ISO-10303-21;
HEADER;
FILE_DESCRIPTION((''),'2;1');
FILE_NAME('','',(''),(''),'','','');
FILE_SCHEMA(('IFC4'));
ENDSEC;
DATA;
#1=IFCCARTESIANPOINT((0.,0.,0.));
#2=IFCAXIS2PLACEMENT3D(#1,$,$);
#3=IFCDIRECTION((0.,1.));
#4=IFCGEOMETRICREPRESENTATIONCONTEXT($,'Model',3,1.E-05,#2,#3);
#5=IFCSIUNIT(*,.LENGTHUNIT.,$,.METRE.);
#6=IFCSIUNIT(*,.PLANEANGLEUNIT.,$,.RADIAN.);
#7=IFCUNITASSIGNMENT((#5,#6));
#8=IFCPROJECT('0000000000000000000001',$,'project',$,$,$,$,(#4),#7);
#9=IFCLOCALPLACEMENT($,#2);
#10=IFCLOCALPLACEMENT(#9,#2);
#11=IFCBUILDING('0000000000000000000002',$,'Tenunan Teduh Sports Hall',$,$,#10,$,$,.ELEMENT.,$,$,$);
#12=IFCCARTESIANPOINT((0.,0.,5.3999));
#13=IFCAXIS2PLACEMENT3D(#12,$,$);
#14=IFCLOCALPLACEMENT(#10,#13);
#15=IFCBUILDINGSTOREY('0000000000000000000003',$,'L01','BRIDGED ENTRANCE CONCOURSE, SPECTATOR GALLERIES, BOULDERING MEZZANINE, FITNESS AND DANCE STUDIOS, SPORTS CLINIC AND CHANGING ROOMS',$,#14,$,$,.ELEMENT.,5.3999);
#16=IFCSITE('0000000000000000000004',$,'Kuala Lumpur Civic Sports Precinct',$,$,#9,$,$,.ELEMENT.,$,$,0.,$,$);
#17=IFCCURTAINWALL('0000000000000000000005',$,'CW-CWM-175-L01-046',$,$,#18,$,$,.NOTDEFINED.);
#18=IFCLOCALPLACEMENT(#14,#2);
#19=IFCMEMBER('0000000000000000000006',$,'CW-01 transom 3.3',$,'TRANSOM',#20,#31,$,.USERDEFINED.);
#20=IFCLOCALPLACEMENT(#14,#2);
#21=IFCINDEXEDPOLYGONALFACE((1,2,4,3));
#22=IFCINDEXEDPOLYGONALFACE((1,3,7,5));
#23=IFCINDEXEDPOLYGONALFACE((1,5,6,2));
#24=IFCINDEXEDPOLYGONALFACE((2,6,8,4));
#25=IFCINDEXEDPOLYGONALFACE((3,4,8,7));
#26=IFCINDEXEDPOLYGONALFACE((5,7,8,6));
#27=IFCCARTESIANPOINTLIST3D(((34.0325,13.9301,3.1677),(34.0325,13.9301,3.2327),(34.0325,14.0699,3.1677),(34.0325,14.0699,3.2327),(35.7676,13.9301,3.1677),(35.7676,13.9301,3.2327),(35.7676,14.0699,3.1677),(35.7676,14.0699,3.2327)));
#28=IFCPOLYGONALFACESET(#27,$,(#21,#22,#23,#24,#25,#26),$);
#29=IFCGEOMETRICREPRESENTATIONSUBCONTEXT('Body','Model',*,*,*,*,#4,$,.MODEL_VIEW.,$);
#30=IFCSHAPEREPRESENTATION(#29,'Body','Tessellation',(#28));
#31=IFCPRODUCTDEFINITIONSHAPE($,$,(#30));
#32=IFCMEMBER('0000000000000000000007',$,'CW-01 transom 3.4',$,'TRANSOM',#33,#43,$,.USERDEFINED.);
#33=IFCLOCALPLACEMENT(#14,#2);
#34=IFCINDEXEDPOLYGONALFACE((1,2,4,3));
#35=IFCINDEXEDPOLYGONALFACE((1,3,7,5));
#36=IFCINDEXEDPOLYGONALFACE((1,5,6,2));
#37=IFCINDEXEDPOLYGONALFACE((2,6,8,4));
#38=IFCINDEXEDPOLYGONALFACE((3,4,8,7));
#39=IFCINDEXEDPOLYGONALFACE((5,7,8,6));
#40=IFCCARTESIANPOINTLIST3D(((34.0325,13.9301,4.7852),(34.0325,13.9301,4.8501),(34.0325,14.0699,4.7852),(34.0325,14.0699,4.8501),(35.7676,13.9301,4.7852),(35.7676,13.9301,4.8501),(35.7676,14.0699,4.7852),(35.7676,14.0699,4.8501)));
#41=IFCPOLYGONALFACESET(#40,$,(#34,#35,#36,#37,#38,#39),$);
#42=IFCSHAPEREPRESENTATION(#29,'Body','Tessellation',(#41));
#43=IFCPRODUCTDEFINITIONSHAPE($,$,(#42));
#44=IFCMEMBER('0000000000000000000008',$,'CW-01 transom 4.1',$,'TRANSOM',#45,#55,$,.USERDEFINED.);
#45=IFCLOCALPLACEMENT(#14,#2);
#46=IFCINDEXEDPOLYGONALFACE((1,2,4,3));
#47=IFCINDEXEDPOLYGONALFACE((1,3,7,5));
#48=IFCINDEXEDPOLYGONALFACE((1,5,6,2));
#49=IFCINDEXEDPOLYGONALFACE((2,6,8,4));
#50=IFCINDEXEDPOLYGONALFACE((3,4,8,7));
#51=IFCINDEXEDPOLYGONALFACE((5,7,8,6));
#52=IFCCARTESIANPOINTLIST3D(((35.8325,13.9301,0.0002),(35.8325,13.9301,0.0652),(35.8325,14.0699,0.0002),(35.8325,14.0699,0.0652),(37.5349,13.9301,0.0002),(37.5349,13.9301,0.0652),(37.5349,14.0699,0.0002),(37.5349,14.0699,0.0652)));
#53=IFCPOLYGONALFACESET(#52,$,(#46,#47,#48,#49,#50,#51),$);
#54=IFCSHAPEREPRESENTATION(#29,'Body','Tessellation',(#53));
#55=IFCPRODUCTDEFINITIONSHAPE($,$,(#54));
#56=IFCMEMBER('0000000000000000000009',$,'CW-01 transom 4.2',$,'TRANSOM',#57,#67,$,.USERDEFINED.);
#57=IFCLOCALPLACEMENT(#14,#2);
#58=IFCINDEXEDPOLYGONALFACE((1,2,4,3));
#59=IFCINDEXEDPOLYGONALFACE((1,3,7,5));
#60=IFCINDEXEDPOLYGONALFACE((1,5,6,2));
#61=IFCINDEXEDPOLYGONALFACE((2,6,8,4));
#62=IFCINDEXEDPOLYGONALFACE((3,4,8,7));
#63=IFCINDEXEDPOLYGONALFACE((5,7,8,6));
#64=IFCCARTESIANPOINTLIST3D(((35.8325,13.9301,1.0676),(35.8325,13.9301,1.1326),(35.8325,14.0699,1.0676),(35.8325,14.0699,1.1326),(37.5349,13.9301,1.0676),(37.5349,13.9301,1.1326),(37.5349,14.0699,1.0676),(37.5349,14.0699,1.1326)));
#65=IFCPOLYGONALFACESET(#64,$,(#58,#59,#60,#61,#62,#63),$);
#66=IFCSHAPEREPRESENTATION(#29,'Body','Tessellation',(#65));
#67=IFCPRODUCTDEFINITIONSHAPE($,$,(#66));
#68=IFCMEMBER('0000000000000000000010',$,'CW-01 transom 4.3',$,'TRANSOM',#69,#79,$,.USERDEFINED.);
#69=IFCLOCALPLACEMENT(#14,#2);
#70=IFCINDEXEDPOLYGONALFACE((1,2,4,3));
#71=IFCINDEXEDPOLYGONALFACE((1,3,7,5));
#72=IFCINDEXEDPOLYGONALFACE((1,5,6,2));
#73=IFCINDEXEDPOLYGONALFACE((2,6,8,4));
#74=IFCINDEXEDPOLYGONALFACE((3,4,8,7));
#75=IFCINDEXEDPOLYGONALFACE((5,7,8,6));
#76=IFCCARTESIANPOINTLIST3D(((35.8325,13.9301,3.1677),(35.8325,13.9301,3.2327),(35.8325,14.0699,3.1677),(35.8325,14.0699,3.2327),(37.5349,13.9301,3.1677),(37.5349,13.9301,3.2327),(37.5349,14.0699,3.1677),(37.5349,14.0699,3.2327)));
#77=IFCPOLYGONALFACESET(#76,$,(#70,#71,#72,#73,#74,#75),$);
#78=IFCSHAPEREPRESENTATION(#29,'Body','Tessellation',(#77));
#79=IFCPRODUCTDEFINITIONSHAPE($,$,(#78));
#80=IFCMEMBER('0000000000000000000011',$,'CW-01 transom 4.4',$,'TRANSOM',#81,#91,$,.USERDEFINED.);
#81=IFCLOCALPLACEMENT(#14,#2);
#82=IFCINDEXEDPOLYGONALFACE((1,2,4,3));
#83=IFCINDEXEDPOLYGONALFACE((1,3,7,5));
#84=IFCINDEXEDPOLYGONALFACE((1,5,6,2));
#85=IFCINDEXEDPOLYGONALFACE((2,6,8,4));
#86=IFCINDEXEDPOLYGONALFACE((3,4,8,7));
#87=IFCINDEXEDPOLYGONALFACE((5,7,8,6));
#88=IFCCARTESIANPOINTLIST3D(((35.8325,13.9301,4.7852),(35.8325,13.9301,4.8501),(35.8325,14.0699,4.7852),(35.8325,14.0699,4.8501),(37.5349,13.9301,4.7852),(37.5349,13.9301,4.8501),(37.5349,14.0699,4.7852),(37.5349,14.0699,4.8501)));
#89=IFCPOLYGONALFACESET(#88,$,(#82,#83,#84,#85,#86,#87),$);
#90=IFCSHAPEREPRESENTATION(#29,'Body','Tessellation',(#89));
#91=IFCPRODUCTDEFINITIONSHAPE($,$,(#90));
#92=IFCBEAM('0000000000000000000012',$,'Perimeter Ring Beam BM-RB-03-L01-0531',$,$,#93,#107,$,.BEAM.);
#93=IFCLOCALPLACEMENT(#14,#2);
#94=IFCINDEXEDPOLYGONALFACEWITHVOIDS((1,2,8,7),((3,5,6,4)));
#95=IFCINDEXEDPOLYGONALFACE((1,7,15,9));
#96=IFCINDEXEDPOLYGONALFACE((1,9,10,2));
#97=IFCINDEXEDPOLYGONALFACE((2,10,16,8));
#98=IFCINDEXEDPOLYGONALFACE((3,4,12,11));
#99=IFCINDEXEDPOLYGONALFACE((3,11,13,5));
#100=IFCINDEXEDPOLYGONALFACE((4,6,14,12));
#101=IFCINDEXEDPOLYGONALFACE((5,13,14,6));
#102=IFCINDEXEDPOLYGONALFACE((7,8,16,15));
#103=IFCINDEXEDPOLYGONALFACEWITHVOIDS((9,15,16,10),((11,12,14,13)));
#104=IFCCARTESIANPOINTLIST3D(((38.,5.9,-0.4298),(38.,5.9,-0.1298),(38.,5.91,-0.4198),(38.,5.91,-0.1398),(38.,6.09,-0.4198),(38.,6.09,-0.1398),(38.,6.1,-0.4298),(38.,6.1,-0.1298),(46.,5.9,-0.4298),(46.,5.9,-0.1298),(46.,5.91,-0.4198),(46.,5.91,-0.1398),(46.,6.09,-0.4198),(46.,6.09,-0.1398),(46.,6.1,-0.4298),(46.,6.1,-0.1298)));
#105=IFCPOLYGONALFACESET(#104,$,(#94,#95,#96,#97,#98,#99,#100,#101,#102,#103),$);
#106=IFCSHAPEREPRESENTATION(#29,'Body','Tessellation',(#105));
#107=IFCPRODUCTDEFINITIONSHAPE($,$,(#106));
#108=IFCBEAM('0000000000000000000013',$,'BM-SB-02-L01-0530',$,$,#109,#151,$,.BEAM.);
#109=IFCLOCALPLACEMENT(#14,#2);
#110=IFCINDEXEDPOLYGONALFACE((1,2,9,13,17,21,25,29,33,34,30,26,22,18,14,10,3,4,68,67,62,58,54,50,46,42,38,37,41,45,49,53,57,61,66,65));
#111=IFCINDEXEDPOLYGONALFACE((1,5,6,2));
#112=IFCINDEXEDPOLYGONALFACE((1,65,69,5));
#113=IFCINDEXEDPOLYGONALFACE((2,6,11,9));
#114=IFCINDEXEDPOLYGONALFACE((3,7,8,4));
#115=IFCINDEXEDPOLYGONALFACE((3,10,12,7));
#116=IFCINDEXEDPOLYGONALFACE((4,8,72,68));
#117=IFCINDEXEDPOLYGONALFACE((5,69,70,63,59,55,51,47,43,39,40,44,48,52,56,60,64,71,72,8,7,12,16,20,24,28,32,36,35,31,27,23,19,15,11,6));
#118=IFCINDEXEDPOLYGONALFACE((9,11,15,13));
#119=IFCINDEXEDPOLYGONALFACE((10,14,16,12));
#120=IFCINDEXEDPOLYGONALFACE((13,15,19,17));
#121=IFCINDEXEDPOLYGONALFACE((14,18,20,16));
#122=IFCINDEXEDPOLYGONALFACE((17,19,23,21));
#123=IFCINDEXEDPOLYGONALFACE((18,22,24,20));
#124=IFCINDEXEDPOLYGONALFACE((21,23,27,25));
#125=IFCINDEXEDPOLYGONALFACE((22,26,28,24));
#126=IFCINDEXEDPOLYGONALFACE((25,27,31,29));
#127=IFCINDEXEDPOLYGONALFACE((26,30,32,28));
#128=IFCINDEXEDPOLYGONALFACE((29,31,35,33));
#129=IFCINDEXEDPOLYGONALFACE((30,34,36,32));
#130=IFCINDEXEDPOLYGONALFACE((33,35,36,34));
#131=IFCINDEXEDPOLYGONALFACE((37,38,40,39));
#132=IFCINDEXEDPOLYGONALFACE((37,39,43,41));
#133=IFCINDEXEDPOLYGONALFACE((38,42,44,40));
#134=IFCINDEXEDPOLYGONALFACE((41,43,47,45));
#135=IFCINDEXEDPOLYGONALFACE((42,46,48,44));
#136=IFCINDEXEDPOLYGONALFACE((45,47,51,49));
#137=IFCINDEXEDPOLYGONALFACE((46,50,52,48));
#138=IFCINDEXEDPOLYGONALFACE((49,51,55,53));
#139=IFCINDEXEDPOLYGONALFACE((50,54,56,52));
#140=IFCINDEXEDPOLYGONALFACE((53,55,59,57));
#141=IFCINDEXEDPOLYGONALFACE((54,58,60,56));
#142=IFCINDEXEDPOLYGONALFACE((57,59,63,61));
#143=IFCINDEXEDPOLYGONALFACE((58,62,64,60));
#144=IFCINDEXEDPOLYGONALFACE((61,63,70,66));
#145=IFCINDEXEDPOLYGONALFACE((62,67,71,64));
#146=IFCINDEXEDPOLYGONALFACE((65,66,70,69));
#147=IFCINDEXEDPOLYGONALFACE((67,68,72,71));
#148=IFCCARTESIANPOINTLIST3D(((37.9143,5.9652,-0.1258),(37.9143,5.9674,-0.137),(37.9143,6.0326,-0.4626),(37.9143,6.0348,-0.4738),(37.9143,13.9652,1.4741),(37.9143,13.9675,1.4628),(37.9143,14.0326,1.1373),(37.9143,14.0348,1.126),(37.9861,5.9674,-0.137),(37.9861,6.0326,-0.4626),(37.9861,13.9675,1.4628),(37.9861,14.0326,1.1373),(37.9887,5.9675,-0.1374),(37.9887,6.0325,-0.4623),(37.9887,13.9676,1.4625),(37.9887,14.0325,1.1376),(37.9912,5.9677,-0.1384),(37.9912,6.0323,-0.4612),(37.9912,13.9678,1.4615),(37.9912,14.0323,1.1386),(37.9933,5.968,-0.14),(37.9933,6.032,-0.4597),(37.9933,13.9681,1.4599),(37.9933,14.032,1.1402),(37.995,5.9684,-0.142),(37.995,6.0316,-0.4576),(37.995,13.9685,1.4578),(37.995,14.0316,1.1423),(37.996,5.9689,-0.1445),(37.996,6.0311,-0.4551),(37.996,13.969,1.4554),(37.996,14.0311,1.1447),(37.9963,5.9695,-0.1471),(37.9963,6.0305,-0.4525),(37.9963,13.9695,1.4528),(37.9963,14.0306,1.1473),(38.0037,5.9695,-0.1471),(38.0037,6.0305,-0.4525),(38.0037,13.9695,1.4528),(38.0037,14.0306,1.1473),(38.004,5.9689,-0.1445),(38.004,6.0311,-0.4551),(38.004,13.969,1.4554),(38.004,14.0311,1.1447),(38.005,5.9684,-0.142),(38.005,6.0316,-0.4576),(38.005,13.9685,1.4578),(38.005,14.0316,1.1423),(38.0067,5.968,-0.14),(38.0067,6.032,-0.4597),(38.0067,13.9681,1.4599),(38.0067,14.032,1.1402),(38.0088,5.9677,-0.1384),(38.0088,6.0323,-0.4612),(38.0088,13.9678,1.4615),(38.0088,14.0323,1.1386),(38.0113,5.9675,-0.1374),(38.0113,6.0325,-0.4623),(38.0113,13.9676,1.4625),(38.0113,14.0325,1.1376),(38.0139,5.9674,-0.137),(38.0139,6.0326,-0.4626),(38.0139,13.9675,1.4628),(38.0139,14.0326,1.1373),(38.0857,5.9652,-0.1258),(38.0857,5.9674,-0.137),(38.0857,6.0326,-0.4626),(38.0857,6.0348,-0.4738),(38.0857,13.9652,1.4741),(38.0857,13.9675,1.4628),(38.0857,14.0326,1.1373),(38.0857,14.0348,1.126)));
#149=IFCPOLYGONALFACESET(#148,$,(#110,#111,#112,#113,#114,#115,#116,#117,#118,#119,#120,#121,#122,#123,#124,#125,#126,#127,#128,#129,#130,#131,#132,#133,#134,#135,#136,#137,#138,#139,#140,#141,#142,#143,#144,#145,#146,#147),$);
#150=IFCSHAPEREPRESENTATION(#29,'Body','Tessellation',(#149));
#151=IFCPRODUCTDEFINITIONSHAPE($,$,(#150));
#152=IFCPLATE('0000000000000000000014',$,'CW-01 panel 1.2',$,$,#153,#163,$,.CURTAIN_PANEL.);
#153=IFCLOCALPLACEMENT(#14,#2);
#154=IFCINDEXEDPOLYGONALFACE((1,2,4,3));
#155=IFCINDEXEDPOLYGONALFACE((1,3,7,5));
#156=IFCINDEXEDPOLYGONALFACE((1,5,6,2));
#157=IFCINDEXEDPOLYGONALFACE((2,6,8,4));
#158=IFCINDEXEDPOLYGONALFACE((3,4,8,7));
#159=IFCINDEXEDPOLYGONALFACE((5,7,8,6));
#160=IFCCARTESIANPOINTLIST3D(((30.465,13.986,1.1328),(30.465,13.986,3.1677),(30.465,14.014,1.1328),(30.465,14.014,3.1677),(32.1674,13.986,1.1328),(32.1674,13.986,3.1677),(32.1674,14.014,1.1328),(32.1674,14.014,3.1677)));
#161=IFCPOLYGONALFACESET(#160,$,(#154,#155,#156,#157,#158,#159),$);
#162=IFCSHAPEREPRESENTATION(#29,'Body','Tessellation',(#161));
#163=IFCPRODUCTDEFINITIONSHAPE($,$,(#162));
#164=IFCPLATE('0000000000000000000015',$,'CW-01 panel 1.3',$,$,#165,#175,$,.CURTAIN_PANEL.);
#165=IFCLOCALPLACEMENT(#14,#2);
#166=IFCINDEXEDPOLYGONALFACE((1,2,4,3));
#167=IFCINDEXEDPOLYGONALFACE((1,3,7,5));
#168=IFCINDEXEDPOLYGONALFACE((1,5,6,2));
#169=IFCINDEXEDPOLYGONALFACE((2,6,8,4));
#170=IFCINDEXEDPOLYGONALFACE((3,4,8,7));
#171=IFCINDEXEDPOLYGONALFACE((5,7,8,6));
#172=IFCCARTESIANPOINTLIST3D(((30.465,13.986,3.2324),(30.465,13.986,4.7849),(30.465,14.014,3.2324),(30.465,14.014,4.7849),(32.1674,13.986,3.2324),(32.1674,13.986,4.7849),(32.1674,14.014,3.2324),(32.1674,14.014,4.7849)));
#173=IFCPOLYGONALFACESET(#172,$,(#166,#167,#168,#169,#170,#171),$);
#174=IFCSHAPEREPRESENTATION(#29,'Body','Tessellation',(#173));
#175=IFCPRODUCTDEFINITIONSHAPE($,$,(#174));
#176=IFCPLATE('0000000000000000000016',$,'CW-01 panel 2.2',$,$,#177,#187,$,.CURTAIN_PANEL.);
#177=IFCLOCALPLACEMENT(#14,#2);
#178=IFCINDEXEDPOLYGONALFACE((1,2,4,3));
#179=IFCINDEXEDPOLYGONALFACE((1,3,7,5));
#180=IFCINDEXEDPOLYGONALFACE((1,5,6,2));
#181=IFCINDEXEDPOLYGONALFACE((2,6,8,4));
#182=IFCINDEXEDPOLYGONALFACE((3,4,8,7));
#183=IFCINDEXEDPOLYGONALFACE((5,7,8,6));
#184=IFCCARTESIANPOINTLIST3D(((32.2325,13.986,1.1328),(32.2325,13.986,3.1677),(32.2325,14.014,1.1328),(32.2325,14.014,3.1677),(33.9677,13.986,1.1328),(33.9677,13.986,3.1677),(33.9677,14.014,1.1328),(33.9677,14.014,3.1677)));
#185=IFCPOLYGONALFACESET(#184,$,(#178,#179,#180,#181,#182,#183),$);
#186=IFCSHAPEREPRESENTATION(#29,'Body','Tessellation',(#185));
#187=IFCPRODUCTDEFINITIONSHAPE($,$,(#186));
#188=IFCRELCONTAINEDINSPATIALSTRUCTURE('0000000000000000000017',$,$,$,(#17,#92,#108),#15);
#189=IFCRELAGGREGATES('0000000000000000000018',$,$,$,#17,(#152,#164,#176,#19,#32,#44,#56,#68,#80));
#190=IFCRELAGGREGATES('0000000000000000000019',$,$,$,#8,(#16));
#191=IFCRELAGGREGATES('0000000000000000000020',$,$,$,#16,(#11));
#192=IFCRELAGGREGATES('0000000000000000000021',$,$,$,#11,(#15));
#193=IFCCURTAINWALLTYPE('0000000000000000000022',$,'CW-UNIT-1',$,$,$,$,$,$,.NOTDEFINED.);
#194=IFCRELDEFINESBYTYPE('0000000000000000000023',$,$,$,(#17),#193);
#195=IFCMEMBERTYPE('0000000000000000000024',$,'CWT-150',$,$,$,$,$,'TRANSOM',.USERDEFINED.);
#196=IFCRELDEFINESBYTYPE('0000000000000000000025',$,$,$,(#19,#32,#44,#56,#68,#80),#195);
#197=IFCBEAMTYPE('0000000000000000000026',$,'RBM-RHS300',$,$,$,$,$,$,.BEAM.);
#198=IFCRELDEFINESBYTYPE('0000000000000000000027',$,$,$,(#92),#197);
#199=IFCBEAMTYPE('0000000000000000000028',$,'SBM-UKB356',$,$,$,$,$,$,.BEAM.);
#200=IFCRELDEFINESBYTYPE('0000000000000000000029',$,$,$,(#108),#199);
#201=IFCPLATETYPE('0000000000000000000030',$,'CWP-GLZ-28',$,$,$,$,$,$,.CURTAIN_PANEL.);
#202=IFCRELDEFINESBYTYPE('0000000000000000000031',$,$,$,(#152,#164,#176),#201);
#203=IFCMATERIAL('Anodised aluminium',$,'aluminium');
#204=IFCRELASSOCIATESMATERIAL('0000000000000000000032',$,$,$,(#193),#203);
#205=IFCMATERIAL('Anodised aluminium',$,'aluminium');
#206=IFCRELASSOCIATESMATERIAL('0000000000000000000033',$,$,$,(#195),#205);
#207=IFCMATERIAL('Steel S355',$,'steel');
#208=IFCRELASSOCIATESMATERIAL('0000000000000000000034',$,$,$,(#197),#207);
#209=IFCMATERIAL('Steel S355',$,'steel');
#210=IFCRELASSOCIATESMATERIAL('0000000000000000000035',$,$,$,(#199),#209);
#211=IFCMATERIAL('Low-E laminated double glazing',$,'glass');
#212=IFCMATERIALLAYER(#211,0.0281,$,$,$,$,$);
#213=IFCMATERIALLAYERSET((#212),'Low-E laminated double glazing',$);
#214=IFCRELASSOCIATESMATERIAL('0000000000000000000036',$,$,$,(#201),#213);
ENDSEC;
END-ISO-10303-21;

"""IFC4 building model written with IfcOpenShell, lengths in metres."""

from ifc_helpers import new_model, si_unit, direction, frame, origin, origin_2d, place, context, subcontext, project, spatial, rectangle, hollow_rectangle, i_section, extrude, material, layer, layer_set, material_profile, profile_set, type_object, element, aggregate, save


model = new_model("IFC4")

# Units and contexts
model_context = context("Model", 3, precision=1e-05, world=origin(), true_north=direction((0.0, 1.0)))
body_context = subcontext(model_context, "Body", "Model", "MODEL_VIEW")
ifc_project = project(units=[si_unit("LENGTHUNIT", "METRE"), si_unit("PLANEANGLEUNIT", "RADIAN")], contexts=[model_context])

# Site, building, storey
site_placement = place(None, origin())
site = spatial("IfcSite", under=ifc_project, at=site_placement, Name="Kuala Lumpur Civic Sports Precinct", CompositionType="ELEMENT", RefElevation=0.0)
building_placement = place(site_placement, origin())
building = spatial("IfcBuilding", under=site, at=building_placement, Name="Tenunan Teduh Sports Hall", CompositionType="ELEMENT")
storey_placement = place(building_placement, frame((0.0, 0.0, 5.3999)))
storey = spatial("IfcBuildingStorey", under=building, at=storey_placement, Name="L01", Description="BRIDGED ENTRANCE CONCOURSE, SPECTATOR GALLERIES, BOULDERING MEZZANINE, FITNESS AND DANCE STUDIOS, SPORTS CLINIC AND CHANGING ROOMS", CompositionType="ELEMENT", Elevation=5.3999)

# Curtain wall, members
ifc_material_1 = material(Name="Anodised aluminium", Category="aluminium")
curtain_wall_type = type_object("IfcCurtainWallType", Name="CW-UNIT-1", PredefinedType="NOTDEFINED", material=ifc_material_1)
curtain_wall_placement = place(storey_placement, origin())
curtain_wall = element("IfcCurtainWall", 1, at=curtain_wall_placement, inside=storey, type_object=curtain_wall_type, Name="CW-CWM-175-L01-046", PredefinedType="NOTDEFINED")
ifc_material_2 = material(Name="Anodised aluminium", Category="aluminium")
ifc_material_profile_1 = material_profile(ifc_material_2, rectangle(XDim=0.0649, YDim=0.1399, at=origin_2d()), Name="CWT 65x140")
ifc_profile_set_1 = profile_set([ifc_material_profile_1], Name="Anodised aluminium")
member_type_1 = type_object("IfcMemberType", Name="CWT-150", ElementType="TRANSOM", PredefinedType="USERDEFINED", material=ifc_profile_set_1)
member_1_placement = place(storey_placement, frame((34.0325, 14.0, 3.2002), z_axis=(1.0, 0.0, 0.0), x_axis=(0.0, 0.0, 1.0)))
member_1 = element("IfcMember", 2, at=member_1_placement, type_object=member_type_1, Name="CW-01 transom 3.3", ObjectType="TRANSOM", PredefinedType="USERDEFINED", context=body_context, shape_type="SweptSolid", body=[
    extrude(rectangle(XDim=0.0649, YDim=0.1399, at=origin_2d()), origin(), (0.0, 0.0, 1.0), 1.7351),
])
member_2_placement = place(storey_placement, frame((34.0325, 14.0, 4.8176), z_axis=(1.0, 0.0, 0.0), x_axis=(0.0, 0.0, 1.0)))
member_2 = element("IfcMember", 3, at=member_2_placement, type_object=member_type_1, Name="CW-01 transom 3.4", ObjectType="TRANSOM", PredefinedType="USERDEFINED", context=body_context, shape_type="SweptSolid", body=[
    extrude(rectangle(XDim=0.0649, YDim=0.1399, at=origin_2d()), origin(), (0.0, 0.0, 1.0), 1.7351),
])
member_3_placement = place(storey_placement, frame((35.8325, 14.0, 0.0327), z_axis=(1.0, 0.0, 0.0), x_axis=(0.0, 0.0, 1.0)))
member_3 = element("IfcMember", 4, at=member_3_placement, type_object=member_type_1, Name="CW-01 transom 4.1", ObjectType="TRANSOM", PredefinedType="USERDEFINED", context=body_context, shape_type="SweptSolid", body=[
    extrude(rectangle(XDim=0.0649, YDim=0.1399, at=origin_2d()), origin(), (0.0, 0.0, 1.0), 1.7024),
])
member_4_placement = place(storey_placement, frame((35.8325, 14.0, 1.1001), z_axis=(1.0, 0.0, 0.0), x_axis=(0.0, 0.0, 1.0)))
member_4 = element("IfcMember", 5, at=member_4_placement, type_object=member_type_1, Name="CW-01 transom 4.2", ObjectType="TRANSOM", PredefinedType="USERDEFINED", context=body_context, shape_type="SweptSolid", body=[
    extrude(rectangle(XDim=0.0649, YDim=0.1399, at=origin_2d()), origin(), (0.0, 0.0, 1.0), 1.7024),
])
member_5_placement = place(storey_placement, frame((35.8325, 14.0, 3.2002), z_axis=(1.0, 0.0, 0.0), x_axis=(0.0, 0.0, 1.0)))
member_5 = element("IfcMember", 6, at=member_5_placement, type_object=member_type_1, Name="CW-01 transom 4.3", ObjectType="TRANSOM", PredefinedType="USERDEFINED", context=body_context, shape_type="SweptSolid", body=[
    extrude(rectangle(XDim=0.0649, YDim=0.1399, at=origin_2d()), origin(), (0.0, 0.0, 1.0), 1.7024),
])
member_6_placement = place(storey_placement, frame((35.8325, 14.0, 4.8176), z_axis=(1.0, 0.0, 0.0), x_axis=(0.0, 0.0, 1.0)))
member_6 = element("IfcMember", 7, at=member_6_placement, type_object=member_type_1, Name="CW-01 transom 4.4", ObjectType="TRANSOM", PredefinedType="USERDEFINED", context=body_context, shape_type="SweptSolid", body=[
    extrude(rectangle(XDim=0.0649, YDim=0.1399, at=origin_2d()), origin(), (0.0, 0.0, 1.0), 1.7024),
])

# Beams
ifc_material_3 = material(Name="Steel S355", Category="steel")
ifc_material_profile_2 = material_profile(ifc_material_3, hollow_rectangle(XDim=0.2, YDim=0.3, WallThickness=0.01, at=origin_2d()), Name="RHS 300x200x10.0")
ifc_profile_set_2 = profile_set([ifc_material_profile_2], Name="Steel S355")
beam_type_1 = type_object("IfcBeamType", Name="RBM-RHS300", PredefinedType="BEAM", material=ifc_profile_set_2)
beam_1_placement = place(storey_placement, frame((38.0, 6.0, -0.2798), z_axis=(1.0, 0.0, 0.0), x_axis=(0.0, 1.0, 0.0)))
element("IfcBeam", 8, at=beam_1_placement, inside=storey, type_object=beam_type_1, Name="Perimeter Ring Beam BM-RB-03-L01-0531", PredefinedType="BEAM", context=body_context, shape_type="SweptSolid", body=[
    extrude(hollow_rectangle(XDim=0.2, YDim=0.3, WallThickness=0.01, at=origin_2d()), origin(), (0.0, 0.0, 1.0), 8.0),
])
ifc_material_4 = material(Name="Steel S355", Category="steel")
ifc_material_profile_3 = material_profile(ifc_material_4, i_section(OverallWidth=0.1714, OverallDepth=0.355, WebThickness=0.0073, FlangeThickness=0.0115, FilletRadius=0.0103, at=origin_2d()), Name="UKB 356x171x51")
ifc_profile_set_3 = profile_set([ifc_material_profile_3], Name="Steel S355")
beam_type_2 = type_object("IfcBeamType", Name="SBM-UKB356", PredefinedType="BEAM", material=ifc_profile_set_3)
beam_2_placement = place(storey_placement, frame((38.0, 6.0, -0.2998), z_axis=(0.0, 0.980584, 0.196099), x_axis=(-1.0, 0.0, 0.0)))
element("IfcBeam", 9, at=beam_2_placement, inside=storey, type_object=beam_type_2, Name="BM-SB-02-L01-0530", PredefinedType="BEAM", context=body_context, shape_type="SweptSolid", body=[
    extrude(i_section(OverallWidth=0.1714, OverallDepth=0.355, WebThickness=0.0073, FlangeThickness=0.0115, FilletRadius=0.0103, at=origin_2d()), origin(), (0.0, 0.0, 1.0), 8.1584),
])

# Plates
ifc_material_5 = material(Name="Low-E laminated double glazing", Category="glass")
ifc_layer_1 = layer(ifc_material_5, 0.0281)
ifc_layer_set_1 = layer_set([ifc_layer_1], Name="Low-E laminated double glazing")
plate_type_1 = type_object("IfcPlateType", Name="CWP-GLZ-28", PredefinedType="CURTAIN_PANEL", material=ifc_layer_set_1)
plate_1_placement = place(storey_placement, frame((31.3162, 14.0, 1.1328), z_axis=(0.0, 0.0, 1.0), x_axis=(1.0, 0.0, 0.0)))
plate_1 = element("IfcPlate", 10, at=plate_1_placement, type_object=plate_type_1, Name="CW-01 panel 1.2", PredefinedType="CURTAIN_PANEL", context=body_context, shape_type="SweptSolid", body=[
    extrude(rectangle(XDim=1.7024, YDim=0.0281, at=origin_2d()), origin(), (0.0, 0.0, 1.0), 2.0349),
])
plate_2_placement = place(storey_placement, frame((31.3162, 14.0, 3.2324), z_axis=(0.0, 0.0, 1.0), x_axis=(1.0, 0.0, 0.0)))
plate_2 = element("IfcPlate", 11, at=plate_2_placement, type_object=plate_type_1, Name="CW-01 panel 1.3", PredefinedType="CURTAIN_PANEL", context=body_context, shape_type="SweptSolid", body=[
    extrude(rectangle(XDim=1.7024, YDim=0.0281, at=origin_2d()), origin(), (0.0, 0.0, 1.0), 1.5525),
])
plate_3_placement = place(storey_placement, frame((33.1001, 14.0, 1.1328), z_axis=(0.0, 0.0, 1.0), x_axis=(1.0, 0.0, 0.0)))
plate_3 = element("IfcPlate", 12, at=plate_3_placement, type_object=plate_type_1, Name="CW-01 panel 2.2", PredefinedType="CURTAIN_PANEL", context=body_context, shape_type="SweptSolid", body=[
    extrude(rectangle(XDim=1.7351, YDim=0.0281, at=origin_2d()), origin(), (0.0, 0.0, 1.0), 2.0349),
])
aggregate(curtain_wall, [plate_1, plate_2, plate_3, member_1, member_2, member_3, member_4, member_5, member_6])

save(model, "model.ifc")
